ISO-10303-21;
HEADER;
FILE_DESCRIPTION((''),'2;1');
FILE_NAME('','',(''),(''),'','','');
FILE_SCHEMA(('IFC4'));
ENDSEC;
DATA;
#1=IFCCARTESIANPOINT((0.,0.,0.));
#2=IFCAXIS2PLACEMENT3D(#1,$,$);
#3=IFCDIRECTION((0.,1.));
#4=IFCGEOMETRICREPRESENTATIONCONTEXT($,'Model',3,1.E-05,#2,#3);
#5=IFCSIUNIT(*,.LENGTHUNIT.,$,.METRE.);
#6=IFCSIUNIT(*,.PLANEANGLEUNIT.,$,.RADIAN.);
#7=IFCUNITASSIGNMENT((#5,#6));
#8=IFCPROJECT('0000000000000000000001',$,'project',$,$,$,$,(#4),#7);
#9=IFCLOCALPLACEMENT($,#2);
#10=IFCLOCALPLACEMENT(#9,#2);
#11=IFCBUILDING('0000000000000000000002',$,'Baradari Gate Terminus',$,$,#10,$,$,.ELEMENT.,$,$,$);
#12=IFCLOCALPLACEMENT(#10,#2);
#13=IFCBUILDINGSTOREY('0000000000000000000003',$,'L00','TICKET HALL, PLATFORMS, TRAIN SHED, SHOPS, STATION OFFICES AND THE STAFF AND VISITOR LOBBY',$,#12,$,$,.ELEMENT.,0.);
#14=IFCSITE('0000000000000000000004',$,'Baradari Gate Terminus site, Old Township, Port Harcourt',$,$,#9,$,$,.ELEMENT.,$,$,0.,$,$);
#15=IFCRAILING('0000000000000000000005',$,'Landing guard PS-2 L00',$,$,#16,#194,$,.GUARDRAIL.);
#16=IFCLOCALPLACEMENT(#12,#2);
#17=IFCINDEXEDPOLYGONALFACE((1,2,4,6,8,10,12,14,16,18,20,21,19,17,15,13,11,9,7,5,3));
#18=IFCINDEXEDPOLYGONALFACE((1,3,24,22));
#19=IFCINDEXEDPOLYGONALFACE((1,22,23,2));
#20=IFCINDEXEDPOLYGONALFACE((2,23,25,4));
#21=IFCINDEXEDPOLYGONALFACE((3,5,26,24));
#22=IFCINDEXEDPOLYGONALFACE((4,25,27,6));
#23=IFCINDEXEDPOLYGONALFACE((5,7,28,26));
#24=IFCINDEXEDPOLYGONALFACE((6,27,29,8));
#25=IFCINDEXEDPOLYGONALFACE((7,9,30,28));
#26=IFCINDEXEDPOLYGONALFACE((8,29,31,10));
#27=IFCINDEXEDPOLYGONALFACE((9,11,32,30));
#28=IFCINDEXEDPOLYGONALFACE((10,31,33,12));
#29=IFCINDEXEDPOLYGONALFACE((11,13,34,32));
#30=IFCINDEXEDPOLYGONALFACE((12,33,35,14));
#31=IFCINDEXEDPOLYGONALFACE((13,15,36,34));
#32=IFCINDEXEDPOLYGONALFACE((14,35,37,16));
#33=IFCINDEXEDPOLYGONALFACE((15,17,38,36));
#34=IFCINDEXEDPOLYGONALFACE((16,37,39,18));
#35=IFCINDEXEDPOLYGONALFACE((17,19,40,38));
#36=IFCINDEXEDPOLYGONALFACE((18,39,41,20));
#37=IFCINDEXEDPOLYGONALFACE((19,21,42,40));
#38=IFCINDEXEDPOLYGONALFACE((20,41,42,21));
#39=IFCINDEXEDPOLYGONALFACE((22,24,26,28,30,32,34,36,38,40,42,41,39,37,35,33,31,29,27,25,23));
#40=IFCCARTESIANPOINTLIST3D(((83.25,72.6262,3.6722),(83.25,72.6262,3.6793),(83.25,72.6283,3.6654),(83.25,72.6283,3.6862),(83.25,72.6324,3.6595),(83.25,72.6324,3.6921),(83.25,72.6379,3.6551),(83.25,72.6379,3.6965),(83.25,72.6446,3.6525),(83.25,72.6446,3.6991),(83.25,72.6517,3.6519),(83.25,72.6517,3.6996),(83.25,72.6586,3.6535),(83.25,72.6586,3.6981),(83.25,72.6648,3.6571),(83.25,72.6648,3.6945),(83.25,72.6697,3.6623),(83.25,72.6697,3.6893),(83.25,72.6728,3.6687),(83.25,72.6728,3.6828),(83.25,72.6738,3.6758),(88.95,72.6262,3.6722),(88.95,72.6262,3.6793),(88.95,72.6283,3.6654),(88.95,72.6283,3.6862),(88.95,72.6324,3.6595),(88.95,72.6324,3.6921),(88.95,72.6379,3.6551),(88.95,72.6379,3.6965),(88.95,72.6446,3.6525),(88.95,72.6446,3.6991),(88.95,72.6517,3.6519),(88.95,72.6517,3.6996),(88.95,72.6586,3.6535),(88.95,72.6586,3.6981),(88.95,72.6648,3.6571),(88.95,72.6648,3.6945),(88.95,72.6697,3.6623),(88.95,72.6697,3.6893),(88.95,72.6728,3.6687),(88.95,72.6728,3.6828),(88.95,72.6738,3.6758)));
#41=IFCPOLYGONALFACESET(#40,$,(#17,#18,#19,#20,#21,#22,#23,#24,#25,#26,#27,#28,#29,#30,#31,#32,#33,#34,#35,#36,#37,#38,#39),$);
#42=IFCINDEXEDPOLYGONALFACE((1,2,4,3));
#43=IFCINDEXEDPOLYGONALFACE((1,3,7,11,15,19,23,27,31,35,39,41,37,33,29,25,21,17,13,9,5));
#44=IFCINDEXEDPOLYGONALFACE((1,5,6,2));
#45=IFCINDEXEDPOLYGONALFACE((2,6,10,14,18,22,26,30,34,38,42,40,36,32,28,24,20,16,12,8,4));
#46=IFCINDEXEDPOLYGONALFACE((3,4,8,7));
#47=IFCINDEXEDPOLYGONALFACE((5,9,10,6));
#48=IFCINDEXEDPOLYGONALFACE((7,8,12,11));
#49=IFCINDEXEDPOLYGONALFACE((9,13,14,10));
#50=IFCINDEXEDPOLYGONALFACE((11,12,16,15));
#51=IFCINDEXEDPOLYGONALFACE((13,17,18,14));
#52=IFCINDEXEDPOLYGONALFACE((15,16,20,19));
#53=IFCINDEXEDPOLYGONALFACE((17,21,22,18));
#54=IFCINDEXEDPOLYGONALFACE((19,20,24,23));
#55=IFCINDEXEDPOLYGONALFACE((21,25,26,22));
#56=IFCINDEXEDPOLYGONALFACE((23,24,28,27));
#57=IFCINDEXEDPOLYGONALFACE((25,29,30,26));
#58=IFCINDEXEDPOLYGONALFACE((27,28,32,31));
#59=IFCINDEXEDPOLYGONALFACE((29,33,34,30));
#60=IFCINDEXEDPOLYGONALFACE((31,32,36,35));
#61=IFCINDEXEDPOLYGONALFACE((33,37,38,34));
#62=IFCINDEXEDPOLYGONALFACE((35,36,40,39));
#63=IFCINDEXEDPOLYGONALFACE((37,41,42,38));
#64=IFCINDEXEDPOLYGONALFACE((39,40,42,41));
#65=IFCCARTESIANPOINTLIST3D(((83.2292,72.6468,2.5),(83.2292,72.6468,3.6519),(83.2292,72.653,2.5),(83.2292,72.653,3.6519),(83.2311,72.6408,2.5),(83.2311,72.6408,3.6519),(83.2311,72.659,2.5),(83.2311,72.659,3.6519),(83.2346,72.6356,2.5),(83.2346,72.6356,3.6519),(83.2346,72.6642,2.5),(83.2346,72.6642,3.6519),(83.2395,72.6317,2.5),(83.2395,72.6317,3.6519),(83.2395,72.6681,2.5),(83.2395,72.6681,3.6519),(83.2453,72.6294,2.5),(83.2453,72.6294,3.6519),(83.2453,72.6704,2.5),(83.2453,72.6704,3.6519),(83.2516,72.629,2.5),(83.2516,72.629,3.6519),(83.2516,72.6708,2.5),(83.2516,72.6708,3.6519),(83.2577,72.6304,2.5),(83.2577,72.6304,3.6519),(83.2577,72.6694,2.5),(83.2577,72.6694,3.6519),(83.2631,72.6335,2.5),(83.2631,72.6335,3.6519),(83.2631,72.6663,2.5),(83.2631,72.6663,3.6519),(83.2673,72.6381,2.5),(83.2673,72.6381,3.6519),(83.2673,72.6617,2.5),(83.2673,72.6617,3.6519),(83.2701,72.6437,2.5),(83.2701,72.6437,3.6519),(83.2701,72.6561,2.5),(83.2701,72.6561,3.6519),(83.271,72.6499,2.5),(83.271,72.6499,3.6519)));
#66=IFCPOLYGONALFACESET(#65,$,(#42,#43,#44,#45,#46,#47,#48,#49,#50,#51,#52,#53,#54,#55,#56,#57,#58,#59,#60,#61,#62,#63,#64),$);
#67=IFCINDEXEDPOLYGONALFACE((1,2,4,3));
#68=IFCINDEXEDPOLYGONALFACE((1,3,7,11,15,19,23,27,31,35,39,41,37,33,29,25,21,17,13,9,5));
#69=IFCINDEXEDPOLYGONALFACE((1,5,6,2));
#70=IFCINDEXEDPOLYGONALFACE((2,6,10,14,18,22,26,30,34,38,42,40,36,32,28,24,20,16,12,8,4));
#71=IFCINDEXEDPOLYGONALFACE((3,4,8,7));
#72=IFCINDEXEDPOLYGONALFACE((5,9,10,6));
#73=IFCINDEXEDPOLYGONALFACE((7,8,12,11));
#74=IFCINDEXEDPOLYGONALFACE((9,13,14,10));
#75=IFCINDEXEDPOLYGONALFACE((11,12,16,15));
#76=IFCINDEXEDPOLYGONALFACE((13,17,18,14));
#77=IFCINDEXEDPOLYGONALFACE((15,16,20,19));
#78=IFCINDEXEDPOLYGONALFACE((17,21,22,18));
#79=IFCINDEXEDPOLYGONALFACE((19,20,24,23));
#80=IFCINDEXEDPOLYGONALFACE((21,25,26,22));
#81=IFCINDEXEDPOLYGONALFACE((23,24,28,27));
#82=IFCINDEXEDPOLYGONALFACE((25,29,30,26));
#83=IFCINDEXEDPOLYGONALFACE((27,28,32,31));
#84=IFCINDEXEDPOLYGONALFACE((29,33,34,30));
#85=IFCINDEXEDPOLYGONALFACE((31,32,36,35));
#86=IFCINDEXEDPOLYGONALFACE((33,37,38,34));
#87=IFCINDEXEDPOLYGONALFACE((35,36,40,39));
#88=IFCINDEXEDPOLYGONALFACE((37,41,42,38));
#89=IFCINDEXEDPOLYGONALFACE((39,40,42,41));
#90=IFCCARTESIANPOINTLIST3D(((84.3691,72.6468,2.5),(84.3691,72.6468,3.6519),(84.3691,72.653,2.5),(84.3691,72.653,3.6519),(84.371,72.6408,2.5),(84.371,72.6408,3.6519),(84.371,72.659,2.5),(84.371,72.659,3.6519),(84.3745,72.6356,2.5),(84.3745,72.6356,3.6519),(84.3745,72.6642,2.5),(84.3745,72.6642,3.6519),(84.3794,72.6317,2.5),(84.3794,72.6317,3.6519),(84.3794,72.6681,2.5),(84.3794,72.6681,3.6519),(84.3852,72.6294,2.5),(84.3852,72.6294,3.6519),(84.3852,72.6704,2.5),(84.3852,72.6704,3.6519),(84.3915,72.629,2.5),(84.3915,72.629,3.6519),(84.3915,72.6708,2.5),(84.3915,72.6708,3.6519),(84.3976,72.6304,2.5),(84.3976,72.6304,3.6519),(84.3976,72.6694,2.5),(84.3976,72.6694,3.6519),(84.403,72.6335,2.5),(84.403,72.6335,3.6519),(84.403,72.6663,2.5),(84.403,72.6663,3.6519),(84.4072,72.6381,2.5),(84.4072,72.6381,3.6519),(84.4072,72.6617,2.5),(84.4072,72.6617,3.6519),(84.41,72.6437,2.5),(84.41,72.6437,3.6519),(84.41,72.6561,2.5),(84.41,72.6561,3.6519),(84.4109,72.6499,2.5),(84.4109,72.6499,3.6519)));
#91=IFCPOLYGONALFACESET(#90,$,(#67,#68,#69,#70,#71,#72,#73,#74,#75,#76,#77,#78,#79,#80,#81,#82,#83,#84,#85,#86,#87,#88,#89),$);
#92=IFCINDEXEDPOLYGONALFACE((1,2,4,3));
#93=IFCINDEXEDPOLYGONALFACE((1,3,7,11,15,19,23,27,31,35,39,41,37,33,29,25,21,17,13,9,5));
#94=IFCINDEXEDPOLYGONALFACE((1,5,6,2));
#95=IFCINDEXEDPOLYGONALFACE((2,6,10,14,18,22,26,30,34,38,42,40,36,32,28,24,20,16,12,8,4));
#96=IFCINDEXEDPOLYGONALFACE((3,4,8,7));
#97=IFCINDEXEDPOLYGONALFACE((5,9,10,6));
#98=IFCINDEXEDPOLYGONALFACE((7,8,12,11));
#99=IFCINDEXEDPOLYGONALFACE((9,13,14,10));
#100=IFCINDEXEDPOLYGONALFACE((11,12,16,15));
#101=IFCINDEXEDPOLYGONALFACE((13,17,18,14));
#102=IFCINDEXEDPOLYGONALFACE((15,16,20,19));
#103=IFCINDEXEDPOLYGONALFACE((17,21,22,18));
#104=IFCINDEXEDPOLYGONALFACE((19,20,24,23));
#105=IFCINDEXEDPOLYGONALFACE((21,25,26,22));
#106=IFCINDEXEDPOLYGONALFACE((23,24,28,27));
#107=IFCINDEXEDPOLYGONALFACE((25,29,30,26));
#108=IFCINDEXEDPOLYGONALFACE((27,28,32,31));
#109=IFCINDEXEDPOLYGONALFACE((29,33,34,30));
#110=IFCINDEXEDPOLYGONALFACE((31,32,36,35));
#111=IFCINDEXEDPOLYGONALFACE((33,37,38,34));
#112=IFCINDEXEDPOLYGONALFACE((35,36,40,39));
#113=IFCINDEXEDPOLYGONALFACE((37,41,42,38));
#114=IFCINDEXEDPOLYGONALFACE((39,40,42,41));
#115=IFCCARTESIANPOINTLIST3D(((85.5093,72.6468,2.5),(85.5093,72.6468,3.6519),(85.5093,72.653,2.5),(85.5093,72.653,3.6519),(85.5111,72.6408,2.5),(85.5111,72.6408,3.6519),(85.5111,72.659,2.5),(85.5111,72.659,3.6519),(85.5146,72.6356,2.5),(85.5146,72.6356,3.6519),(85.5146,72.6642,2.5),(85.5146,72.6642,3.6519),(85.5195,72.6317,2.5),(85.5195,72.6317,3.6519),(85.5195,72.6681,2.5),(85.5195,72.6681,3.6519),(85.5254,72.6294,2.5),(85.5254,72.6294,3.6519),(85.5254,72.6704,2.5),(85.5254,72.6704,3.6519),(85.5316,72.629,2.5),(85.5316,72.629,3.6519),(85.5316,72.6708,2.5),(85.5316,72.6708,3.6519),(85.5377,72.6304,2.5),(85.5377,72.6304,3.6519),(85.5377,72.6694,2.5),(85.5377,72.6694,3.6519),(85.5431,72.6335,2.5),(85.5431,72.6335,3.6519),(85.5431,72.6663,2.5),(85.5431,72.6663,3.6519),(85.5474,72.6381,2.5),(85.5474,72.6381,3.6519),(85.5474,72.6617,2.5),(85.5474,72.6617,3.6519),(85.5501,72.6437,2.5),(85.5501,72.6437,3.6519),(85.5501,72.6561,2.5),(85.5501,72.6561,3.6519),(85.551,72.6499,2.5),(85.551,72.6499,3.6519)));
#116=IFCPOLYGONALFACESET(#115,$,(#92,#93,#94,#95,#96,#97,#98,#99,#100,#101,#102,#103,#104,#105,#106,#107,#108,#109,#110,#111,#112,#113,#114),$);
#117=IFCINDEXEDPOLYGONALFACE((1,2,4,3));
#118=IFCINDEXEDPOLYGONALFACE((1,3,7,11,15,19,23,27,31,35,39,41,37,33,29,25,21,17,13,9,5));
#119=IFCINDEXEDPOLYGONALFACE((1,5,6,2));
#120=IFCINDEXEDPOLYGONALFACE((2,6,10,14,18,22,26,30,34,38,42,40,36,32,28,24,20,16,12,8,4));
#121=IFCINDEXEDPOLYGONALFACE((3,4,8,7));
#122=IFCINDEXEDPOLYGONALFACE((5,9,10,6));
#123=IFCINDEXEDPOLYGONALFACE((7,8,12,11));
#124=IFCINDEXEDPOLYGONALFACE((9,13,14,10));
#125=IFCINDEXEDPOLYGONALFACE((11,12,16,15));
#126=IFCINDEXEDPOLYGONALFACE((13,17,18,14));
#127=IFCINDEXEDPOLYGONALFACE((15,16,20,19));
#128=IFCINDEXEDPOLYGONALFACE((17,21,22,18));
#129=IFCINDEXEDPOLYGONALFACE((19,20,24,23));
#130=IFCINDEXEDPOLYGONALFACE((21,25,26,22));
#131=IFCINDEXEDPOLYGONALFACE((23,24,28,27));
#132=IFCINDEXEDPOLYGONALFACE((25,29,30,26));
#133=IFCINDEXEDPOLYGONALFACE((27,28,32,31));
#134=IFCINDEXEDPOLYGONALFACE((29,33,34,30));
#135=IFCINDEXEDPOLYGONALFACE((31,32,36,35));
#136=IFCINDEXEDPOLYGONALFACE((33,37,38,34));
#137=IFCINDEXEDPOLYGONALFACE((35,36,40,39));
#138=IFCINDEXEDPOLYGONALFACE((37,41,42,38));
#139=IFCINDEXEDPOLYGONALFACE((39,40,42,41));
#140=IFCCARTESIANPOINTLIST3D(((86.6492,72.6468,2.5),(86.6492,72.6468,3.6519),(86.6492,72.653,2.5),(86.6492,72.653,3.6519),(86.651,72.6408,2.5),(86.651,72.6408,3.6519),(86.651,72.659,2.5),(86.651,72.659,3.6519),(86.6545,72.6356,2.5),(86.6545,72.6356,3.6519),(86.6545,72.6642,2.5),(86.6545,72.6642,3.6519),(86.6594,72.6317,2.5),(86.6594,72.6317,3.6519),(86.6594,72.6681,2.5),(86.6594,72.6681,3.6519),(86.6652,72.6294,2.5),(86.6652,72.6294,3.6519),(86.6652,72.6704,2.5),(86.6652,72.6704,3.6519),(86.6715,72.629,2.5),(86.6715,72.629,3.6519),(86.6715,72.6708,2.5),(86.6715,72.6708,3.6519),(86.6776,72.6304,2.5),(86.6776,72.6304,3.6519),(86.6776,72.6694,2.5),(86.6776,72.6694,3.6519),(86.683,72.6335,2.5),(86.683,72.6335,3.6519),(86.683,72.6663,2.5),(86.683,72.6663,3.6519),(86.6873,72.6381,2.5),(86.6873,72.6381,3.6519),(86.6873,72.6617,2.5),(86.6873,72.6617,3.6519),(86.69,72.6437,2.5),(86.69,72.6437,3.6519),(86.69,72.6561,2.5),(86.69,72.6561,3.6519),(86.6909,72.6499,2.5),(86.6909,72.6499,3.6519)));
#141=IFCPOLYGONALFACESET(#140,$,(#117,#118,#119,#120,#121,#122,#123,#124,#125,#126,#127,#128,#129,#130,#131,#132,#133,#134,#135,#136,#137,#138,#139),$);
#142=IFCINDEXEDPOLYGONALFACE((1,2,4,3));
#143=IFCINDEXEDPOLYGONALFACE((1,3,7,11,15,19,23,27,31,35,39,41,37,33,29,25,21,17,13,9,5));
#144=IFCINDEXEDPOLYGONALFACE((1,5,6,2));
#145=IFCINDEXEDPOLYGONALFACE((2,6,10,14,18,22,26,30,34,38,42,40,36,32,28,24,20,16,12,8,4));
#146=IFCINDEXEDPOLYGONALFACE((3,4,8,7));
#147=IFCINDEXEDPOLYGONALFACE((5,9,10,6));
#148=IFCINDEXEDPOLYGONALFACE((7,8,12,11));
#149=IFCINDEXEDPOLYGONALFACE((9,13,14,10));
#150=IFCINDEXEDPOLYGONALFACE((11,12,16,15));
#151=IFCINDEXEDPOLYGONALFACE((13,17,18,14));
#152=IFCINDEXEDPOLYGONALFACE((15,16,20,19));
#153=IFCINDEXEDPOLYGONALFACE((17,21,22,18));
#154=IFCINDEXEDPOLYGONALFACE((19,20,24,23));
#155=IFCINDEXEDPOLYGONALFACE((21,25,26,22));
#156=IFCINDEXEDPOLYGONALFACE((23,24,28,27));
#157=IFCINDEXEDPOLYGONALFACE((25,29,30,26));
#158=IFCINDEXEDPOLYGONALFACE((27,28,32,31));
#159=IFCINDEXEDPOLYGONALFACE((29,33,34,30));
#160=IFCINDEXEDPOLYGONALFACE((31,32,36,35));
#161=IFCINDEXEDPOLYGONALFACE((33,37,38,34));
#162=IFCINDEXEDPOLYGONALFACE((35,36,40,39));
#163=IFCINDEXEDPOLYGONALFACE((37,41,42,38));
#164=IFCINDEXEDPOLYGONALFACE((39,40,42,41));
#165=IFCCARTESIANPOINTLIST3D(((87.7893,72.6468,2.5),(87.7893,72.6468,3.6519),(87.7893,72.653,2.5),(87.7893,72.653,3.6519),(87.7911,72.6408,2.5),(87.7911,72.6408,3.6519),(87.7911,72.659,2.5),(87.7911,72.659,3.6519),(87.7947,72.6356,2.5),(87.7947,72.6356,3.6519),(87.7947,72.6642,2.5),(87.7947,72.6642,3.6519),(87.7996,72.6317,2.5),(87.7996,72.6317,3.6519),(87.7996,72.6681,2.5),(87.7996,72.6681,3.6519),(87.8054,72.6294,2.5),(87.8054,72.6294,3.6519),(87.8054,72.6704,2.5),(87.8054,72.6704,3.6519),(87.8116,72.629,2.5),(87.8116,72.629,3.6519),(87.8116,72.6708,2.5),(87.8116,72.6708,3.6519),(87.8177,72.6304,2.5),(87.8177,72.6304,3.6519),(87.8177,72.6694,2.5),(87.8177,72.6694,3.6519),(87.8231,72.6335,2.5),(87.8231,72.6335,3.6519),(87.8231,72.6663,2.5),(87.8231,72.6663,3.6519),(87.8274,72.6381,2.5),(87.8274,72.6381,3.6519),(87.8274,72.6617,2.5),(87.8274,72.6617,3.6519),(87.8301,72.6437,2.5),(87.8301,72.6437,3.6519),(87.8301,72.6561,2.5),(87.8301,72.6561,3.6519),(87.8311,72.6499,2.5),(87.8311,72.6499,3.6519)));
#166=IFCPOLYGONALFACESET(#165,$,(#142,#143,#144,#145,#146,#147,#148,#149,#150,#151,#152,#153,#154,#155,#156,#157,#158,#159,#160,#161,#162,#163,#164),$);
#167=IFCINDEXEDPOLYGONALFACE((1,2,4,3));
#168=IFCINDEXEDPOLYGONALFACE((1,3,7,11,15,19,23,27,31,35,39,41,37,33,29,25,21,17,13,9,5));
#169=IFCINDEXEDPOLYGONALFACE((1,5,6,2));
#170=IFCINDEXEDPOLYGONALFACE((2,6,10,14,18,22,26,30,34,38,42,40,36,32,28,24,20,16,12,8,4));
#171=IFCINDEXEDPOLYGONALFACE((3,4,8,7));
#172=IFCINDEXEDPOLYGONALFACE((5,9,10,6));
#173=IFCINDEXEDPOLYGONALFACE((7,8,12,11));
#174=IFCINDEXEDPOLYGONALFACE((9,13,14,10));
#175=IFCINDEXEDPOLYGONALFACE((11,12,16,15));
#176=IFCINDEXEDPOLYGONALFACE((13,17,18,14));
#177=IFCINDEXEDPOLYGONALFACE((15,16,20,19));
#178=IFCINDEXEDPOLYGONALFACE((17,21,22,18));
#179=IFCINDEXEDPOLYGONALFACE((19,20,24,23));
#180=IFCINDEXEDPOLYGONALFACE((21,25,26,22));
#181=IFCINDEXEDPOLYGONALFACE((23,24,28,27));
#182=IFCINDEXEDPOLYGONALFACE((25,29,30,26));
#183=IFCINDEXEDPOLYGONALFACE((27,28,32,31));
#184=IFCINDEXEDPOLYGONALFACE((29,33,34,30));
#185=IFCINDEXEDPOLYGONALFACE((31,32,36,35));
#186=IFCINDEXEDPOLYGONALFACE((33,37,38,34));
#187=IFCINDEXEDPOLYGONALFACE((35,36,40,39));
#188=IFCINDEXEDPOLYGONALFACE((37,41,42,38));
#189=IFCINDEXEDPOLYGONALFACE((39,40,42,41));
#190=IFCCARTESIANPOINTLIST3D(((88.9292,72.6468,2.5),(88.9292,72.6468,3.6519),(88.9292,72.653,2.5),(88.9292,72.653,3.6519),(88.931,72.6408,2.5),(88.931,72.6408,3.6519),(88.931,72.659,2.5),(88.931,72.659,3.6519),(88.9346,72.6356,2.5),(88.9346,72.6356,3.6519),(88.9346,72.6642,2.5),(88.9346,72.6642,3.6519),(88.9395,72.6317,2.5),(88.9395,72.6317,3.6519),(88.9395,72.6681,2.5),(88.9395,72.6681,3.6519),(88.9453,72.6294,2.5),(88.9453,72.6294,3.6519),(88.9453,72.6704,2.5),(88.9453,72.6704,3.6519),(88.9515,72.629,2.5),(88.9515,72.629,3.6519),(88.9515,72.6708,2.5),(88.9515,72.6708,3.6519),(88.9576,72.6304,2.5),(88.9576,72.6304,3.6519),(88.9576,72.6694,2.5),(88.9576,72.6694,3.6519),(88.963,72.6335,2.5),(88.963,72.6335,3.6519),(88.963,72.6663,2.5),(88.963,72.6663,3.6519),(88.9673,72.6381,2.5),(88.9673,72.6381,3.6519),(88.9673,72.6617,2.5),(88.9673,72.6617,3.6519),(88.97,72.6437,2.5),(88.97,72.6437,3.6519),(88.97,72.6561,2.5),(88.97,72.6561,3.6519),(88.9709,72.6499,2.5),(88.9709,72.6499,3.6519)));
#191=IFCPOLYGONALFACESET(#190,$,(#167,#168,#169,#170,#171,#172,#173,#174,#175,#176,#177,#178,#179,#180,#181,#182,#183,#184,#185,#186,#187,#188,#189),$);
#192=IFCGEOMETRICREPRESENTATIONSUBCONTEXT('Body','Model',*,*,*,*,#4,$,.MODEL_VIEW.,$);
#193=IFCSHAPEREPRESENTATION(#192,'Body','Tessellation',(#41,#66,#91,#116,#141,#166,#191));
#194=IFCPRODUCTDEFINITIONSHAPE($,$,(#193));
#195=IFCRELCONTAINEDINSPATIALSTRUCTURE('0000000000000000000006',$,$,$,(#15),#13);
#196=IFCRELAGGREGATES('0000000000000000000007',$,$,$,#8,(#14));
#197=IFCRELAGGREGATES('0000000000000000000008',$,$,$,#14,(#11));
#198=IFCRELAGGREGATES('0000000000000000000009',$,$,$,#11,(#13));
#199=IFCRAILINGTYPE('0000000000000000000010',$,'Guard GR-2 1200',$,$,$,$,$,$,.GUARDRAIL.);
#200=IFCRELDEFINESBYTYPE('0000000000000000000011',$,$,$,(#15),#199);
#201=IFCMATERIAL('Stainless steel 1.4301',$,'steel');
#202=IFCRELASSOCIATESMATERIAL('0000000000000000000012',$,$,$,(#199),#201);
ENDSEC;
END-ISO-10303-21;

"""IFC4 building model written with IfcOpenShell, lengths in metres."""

from ifc_helpers import new_model, si_unit, direction, frame, origin, origin_2d, place, context, subcontext, project, spatial, circle, extrude, material, type_object, element, save


model = new_model("IFC4")

# Units and contexts
model_context = context("Model", 3, precision=1e-05, world=origin(), true_north=direction((0.0, 1.0)))
body_context = subcontext(model_context, "Body", "Model", "MODEL_VIEW")
ifc_project = project(units=[si_unit("LENGTHUNIT", "METRE"), si_unit("PLANEANGLEUNIT", "RADIAN")], contexts=[model_context])

# Site, building, storey
site_placement = place(None, origin())
site = spatial("IfcSite", under=ifc_project, at=site_placement, Name="Baradari Gate Terminus site, Old Township, Port Harcourt", CompositionType="ELEMENT", RefElevation=0.0)
building_placement = place(site_placement, origin())
building = spatial("IfcBuilding", under=site, at=building_placement, Name="Baradari Gate Terminus", CompositionType="ELEMENT")
storey_placement = place(building_placement, origin())
storey = spatial("IfcBuildingStorey", under=building, at=storey_placement, Name="L00", Description="TICKET HALL, PLATFORMS, TRAIN SHED, SHOPS, STATION OFFICES AND THE STAFF AND VISITOR LOBBY", CompositionType="ELEMENT", Elevation=0.0)

# Railing
ifc_material_1 = material(Name="Stainless steel 1.4301", Category="steel")
railing_type_1 = type_object("IfcRailingType", Name="Guard GR-2 1200", PredefinedType="GUARDRAIL", material=ifc_material_1)
railing_1_placement = place(storey_placement, frame((83.25, 72.6499, 2.5)))
element("IfcRailing", 1, at=railing_1_placement, inside=storey, type_object=railing_type_1, Name="Landing guard PS-2 L00", PredefinedType="GUARDRAIL", context=body_context, shape_type="SweptSolid", body=[
    extrude(circle(Radius=0.0239, at=origin_2d()), frame((0.0, 0.0, 1.1758), z_axis=(1.0, 0.0, 0.0), x_axis=(0.0, 1.0, 0.0)), (0.0, 0.0, 1.0), 5.7),
    extrude(circle(Radius=0.021, at=origin_2d()), origin(), (0.0, 0.0, 1.0), 1.1519),
    extrude(circle(Radius=0.021, at=origin_2d()), frame((1.1399, 0.0, 0.0)), (0.0, 0.0, 1.0), 1.1519),
    extrude(circle(Radius=0.021, at=origin_2d()), frame((2.28, 0.0, 0.0)), (0.0, 0.0, 1.0), 1.1519),
    extrude(circle(Radius=0.021, at=origin_2d()), frame((3.4199, 0.0, 0.0)), (0.0, 0.0, 1.0), 1.1519),
    extrude(circle(Radius=0.021, at=origin_2d()), frame((4.5601, 0.0, 0.0)), (0.0, 0.0, 1.0), 1.1519),
    extrude(circle(Radius=0.021, at=origin_2d()), frame((5.7, 0.0, 0.0)), (0.0, 0.0, 1.0), 1.1519),
])

save(model, "model.ifc")
